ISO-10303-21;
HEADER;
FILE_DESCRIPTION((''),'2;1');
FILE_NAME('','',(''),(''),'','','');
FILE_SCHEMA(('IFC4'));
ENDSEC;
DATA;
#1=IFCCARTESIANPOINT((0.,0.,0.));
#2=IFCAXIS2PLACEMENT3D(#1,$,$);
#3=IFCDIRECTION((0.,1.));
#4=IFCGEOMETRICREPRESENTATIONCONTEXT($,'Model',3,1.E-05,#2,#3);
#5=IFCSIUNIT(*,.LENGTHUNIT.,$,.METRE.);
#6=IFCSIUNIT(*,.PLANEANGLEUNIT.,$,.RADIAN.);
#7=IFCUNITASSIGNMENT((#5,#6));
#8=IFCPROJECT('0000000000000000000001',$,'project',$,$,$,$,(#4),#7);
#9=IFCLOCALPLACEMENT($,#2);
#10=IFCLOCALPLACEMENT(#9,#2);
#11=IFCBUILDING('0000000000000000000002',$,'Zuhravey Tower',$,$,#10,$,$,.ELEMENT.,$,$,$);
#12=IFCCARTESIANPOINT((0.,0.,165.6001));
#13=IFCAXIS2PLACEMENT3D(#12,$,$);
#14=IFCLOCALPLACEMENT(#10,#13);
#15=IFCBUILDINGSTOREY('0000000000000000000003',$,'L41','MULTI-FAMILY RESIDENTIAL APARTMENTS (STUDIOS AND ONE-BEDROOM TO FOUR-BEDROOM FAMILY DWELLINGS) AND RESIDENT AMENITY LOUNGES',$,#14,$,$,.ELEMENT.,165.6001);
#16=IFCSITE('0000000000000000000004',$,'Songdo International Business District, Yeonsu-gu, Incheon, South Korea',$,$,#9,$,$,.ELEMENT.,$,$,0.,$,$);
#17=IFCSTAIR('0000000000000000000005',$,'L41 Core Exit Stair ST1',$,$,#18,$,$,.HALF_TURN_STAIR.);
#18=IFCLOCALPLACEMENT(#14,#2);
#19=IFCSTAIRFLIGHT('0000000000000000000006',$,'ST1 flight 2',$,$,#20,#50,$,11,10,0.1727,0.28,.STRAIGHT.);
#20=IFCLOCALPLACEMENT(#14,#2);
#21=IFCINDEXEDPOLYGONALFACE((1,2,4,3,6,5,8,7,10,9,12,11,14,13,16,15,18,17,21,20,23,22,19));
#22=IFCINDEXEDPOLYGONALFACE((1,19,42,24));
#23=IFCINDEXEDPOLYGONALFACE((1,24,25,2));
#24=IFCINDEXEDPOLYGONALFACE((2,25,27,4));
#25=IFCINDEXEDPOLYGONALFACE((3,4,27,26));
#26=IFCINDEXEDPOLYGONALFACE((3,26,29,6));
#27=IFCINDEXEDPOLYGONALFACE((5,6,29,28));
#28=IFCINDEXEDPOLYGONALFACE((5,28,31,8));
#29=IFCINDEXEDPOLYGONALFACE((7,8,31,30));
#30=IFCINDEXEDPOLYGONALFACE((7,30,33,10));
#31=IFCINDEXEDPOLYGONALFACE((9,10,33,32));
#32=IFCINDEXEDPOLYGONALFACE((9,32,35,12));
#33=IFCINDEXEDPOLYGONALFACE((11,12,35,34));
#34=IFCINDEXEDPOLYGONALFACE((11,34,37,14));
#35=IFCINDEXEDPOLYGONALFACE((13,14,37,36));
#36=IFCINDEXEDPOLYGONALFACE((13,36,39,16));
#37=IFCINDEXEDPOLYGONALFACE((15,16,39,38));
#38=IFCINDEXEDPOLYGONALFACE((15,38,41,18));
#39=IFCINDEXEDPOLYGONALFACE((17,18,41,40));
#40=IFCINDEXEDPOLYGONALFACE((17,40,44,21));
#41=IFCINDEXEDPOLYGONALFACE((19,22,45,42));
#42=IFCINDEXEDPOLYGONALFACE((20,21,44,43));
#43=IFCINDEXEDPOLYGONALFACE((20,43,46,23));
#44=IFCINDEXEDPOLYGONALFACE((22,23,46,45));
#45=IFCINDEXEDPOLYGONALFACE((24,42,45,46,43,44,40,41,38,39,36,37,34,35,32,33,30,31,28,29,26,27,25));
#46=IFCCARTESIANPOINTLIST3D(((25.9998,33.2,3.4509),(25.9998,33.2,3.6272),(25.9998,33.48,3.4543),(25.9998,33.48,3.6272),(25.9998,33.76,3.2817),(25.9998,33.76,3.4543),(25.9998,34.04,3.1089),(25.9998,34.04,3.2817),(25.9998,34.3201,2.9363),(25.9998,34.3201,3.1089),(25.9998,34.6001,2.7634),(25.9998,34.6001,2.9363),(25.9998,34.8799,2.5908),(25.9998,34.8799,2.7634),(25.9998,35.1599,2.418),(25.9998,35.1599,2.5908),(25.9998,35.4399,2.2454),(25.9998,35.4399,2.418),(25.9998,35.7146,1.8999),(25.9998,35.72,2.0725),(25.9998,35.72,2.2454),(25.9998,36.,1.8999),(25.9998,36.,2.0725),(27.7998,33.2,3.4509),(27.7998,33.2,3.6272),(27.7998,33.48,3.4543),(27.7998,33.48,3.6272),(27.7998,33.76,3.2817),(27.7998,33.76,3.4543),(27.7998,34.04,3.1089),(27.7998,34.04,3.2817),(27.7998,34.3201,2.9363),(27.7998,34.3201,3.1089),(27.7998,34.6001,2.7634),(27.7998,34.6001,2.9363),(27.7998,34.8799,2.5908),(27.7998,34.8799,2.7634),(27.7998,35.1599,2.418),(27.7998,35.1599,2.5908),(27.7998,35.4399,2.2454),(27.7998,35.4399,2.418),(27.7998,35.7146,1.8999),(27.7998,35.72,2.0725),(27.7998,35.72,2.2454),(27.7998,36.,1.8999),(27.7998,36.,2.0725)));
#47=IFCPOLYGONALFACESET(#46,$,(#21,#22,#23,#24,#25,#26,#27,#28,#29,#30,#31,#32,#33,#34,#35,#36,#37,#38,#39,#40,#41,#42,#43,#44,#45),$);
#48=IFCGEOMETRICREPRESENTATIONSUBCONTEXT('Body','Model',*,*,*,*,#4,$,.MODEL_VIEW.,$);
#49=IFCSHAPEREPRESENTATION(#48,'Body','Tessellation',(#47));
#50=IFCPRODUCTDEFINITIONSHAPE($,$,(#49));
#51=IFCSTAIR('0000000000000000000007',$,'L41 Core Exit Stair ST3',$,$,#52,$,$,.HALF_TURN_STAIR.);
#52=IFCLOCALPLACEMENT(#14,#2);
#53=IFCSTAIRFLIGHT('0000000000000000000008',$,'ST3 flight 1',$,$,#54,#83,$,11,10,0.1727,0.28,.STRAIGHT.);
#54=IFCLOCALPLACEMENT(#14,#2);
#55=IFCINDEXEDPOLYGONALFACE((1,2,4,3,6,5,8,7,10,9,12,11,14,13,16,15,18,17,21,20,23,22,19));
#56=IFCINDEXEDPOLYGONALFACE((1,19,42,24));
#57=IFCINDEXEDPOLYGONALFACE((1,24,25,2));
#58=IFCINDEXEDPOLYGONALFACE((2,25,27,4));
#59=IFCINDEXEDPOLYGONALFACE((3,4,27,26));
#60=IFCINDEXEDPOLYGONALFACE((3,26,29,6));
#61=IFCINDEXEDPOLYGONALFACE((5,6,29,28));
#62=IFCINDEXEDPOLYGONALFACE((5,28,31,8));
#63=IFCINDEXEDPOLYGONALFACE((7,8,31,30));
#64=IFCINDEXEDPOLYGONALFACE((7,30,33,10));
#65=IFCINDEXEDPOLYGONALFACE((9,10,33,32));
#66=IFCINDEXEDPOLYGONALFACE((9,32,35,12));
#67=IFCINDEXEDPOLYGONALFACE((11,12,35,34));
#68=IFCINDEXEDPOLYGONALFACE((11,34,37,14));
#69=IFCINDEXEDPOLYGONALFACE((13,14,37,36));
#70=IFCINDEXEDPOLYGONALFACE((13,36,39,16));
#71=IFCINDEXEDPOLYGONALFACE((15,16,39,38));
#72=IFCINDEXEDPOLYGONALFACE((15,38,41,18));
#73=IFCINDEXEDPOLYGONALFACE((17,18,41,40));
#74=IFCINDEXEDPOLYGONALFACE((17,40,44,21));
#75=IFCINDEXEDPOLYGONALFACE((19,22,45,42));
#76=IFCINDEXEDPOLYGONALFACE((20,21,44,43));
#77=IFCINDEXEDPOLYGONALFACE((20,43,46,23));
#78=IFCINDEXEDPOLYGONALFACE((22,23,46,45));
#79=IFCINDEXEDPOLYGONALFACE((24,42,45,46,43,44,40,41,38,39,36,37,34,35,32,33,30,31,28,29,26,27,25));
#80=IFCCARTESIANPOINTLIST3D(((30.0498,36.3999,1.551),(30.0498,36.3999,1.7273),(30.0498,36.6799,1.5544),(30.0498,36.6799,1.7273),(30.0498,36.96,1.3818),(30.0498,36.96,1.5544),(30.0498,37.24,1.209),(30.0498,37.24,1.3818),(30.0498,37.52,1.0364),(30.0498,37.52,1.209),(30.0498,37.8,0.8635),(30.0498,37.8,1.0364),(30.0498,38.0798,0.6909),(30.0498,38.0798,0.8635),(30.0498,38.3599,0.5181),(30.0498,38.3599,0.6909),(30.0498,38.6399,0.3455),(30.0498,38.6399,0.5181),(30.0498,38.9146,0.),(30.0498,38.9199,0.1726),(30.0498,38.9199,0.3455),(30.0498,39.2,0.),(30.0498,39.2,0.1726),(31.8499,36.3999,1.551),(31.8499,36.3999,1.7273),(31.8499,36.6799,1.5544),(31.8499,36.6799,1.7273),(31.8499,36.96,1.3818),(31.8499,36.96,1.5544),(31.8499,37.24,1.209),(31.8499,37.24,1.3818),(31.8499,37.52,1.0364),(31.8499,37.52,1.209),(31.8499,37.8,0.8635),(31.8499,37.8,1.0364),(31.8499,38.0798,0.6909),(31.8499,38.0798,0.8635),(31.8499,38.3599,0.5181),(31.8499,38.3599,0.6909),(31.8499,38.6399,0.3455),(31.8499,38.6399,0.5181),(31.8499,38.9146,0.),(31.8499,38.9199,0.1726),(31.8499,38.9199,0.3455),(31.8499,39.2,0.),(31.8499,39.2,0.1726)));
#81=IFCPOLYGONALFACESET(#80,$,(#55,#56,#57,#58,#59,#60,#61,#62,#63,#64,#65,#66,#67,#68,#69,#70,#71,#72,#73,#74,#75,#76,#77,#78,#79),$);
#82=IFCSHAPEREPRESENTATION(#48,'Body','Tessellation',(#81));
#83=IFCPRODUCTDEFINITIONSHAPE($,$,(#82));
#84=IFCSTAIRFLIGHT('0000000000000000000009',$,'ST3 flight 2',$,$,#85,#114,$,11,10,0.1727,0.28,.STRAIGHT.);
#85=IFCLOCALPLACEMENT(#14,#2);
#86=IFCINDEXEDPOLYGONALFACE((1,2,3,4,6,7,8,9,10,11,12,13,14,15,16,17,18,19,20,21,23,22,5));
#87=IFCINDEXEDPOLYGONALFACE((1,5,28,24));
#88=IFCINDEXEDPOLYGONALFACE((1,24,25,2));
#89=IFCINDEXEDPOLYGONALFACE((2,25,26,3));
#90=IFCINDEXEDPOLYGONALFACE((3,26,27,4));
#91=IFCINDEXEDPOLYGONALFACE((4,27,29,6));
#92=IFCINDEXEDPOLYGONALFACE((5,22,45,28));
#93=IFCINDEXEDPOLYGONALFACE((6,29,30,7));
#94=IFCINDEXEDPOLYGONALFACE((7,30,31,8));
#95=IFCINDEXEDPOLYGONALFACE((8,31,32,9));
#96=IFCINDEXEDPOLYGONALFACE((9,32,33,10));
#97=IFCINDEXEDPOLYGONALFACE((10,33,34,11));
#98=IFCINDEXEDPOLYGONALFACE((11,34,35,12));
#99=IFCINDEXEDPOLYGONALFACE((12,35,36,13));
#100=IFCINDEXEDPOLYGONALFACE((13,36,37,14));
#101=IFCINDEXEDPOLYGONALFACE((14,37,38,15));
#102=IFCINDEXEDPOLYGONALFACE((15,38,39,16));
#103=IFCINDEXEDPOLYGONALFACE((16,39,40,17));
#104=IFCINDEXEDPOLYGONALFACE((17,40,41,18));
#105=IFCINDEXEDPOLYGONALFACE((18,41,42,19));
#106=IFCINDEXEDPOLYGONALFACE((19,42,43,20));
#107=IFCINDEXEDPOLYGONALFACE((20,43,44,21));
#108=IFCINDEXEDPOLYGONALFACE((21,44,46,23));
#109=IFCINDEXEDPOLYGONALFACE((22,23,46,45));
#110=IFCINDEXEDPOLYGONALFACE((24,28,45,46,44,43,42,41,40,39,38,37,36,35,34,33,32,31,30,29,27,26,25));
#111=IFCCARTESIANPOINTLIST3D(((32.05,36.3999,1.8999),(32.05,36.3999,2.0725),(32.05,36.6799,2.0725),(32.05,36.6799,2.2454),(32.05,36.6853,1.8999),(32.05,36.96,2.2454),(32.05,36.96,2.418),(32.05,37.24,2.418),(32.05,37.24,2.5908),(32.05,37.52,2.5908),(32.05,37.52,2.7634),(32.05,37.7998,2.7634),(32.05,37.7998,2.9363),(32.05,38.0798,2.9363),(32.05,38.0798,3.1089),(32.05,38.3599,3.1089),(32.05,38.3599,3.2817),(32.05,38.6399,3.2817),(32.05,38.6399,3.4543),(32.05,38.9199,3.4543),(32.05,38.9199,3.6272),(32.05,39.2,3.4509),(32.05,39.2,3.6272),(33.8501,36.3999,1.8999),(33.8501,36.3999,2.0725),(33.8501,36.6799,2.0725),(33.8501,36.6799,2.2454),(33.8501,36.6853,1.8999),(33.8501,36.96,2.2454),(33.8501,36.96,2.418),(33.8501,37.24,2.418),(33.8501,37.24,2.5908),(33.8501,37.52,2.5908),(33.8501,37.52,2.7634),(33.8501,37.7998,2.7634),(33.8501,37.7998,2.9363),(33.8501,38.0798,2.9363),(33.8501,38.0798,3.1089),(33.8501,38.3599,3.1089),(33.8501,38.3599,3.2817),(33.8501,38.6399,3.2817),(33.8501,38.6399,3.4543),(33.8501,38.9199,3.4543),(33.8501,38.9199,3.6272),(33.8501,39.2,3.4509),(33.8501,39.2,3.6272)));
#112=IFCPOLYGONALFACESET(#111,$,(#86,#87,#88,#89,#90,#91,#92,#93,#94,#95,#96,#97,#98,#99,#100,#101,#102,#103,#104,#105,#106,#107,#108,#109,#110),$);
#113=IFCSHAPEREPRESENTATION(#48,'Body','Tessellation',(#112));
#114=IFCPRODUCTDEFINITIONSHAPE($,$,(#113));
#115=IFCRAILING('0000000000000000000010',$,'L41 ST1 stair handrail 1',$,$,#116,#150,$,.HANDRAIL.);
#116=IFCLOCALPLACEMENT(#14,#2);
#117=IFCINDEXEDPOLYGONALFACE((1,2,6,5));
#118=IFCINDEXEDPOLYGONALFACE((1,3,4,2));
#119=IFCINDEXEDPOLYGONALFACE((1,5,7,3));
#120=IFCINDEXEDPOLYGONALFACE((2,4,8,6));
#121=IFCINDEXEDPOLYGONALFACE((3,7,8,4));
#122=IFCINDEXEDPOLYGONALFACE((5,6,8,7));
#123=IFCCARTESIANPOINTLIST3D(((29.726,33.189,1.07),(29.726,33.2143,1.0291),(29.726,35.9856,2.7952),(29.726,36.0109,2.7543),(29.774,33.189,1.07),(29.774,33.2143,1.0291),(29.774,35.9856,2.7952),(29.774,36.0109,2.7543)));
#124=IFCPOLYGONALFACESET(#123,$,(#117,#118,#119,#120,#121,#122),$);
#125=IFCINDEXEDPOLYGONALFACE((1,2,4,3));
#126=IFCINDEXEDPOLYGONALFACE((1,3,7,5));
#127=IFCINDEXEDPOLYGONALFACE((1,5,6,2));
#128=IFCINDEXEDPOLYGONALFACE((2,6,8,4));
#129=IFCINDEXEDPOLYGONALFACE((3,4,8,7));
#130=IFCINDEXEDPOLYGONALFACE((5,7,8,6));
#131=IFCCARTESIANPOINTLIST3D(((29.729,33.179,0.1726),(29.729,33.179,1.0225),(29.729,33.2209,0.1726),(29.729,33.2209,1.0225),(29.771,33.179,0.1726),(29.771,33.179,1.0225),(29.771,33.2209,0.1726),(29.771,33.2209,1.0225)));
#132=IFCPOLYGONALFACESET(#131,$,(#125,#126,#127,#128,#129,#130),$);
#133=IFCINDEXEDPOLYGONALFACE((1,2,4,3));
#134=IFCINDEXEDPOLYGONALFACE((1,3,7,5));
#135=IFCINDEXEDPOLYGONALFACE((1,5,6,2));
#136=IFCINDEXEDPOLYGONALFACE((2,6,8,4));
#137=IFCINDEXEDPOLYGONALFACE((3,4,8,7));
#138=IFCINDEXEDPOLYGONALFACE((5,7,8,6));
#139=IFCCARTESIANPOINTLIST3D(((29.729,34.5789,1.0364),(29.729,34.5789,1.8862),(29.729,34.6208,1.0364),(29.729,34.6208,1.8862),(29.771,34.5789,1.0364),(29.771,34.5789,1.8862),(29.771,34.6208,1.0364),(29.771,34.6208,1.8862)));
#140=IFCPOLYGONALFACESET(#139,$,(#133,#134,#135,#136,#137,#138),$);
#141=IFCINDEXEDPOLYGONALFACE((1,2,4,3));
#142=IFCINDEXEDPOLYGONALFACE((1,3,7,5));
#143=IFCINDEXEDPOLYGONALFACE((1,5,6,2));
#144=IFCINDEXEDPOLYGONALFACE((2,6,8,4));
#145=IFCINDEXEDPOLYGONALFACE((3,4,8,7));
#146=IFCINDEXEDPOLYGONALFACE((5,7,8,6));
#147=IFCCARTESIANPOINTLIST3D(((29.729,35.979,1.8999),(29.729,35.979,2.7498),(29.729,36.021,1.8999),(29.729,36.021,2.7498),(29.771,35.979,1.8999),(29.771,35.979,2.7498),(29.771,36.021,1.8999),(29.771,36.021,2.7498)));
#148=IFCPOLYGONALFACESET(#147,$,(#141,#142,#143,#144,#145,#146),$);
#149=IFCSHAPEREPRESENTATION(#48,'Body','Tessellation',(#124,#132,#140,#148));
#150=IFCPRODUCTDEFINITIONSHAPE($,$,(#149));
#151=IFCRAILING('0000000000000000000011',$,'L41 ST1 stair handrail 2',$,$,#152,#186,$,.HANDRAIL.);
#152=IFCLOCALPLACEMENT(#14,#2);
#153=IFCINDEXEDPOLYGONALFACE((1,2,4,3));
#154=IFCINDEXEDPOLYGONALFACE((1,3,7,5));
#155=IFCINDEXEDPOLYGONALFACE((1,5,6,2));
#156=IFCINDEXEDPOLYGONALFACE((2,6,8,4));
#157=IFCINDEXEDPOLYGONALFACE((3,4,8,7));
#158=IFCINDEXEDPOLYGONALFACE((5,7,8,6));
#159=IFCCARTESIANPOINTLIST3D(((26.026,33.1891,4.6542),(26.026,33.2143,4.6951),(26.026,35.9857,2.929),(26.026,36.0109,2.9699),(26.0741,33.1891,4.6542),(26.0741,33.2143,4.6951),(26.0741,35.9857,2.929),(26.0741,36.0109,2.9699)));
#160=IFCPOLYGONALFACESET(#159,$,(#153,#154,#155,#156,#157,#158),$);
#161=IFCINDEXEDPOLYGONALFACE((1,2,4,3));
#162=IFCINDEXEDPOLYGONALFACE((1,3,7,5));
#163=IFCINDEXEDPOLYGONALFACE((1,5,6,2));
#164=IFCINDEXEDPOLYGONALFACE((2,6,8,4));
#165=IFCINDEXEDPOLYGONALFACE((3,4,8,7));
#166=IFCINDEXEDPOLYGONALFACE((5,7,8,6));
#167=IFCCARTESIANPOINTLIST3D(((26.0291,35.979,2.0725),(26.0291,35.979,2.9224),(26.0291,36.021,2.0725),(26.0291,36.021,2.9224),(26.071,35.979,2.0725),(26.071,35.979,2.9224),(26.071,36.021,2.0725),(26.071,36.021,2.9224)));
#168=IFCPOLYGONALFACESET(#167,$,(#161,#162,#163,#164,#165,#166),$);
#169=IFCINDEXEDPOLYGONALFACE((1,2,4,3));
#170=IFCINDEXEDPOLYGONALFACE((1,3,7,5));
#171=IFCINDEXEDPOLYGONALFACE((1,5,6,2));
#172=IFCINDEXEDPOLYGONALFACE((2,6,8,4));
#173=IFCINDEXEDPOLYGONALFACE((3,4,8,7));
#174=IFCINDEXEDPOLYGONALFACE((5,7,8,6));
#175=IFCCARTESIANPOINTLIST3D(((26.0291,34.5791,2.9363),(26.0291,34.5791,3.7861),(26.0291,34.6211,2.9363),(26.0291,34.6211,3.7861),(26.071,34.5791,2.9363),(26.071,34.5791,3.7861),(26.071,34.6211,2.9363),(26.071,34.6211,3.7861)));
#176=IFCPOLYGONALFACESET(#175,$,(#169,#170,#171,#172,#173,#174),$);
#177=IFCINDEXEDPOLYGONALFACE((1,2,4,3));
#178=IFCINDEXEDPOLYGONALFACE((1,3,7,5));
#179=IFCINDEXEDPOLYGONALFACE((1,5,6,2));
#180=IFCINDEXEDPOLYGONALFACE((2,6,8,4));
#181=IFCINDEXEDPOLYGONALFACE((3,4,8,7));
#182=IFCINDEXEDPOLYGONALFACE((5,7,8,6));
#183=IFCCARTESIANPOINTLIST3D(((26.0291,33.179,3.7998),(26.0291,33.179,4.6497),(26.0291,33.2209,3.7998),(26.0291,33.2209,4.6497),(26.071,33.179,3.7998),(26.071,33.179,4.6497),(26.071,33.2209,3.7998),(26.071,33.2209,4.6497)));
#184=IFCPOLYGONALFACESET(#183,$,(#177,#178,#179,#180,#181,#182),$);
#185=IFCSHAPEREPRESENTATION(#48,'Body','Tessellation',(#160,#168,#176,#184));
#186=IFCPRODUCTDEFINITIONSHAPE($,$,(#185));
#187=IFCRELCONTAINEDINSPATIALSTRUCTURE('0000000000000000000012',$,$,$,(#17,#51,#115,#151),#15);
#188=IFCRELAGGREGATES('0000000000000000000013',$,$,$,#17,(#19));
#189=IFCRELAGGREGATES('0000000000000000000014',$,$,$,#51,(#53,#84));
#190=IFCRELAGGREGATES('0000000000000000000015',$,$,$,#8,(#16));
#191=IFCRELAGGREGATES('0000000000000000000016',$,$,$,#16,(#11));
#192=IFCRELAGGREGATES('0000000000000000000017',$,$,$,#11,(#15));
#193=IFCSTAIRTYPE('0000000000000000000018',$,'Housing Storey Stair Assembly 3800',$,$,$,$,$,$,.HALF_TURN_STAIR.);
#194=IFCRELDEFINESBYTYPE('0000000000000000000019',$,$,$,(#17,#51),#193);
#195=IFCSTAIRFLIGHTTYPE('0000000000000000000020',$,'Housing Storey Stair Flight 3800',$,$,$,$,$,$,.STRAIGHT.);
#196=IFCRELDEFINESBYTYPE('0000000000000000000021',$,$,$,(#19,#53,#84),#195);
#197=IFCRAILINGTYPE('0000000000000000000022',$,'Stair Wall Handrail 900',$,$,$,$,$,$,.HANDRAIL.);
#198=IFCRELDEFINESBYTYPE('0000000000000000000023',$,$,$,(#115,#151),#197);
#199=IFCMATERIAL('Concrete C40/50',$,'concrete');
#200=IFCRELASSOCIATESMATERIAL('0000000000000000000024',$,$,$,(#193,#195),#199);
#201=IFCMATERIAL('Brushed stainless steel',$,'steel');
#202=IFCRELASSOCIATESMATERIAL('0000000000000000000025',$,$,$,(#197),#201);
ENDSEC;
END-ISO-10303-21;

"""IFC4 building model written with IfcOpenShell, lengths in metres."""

from ifc_helpers import new_model, si_unit, direction, frame, origin, origin_2d, place, context, subcontext, project, spatial, polyline, rectangle, outline, extrude, material, type_object, element, aggregate, save


model = new_model("IFC4")

# Units and contexts
model_context = context("Model", 3, precision=1e-05, world=origin(), true_north=direction((0.0, 1.0)))
body_context = subcontext(model_context, "Body", "Model", "MODEL_VIEW")
ifc_project = project(units=[si_unit("LENGTHUNIT", "METRE"), si_unit("PLANEANGLEUNIT", "RADIAN")], contexts=[model_context])

# Site, building, storey
site_placement = place(None, origin())
site = spatial("IfcSite", under=ifc_project, at=site_placement, Name="Songdo International Business District, Yeonsu-gu, Incheon, South Korea", CompositionType="ELEMENT", RefElevation=0.0)
building_placement = place(site_placement, origin())
building = spatial("IfcBuilding", under=site, at=building_placement, Name="Zuhravey Tower", CompositionType="ELEMENT")
storey_placement = place(building_placement, frame((0.0, 0.0, 165.6001)))
storey = spatial("IfcBuildingStorey", under=building, at=storey_placement, Name="L41", Description="MULTI-FAMILY RESIDENTIAL APARTMENTS (STUDIOS AND ONE-BEDROOM TO FOUR-BEDROOM FAMILY DWELLINGS) AND RESIDENT AMENITY LOUNGES", CompositionType="ELEMENT", Elevation=165.6001)

# Stairs, stair flights
ifc_material_1 = material(Name="Concrete C40/50", Category="concrete")
stair_type = type_object("IfcStairType", Name="Housing Storey Stair Assembly 3800", PredefinedType="HALF_TURN_STAIR", material=ifc_material_1)
stair_1_placement = place(storey_placement, origin())
stair_1 = element("IfcStair", 1, at=stair_1_placement, inside=storey, type_object=stair_type, Name="L41 Core Exit Stair ST1", PredefinedType="HALF_TURN_STAIR")
stair_flight_type = type_object("IfcStairFlightType", Name="Housing Storey Stair Flight 3800", PredefinedType="STRAIGHT", material=ifc_material_1)
stair_flight_1_placement = place(storey_placement, frame((26.8999, 36.0, 1.8999), z_axis=(0.0, 0.0, 1.0), x_axis=(0.0, -1.0, 0.0)))
stair_flight_1 = element("IfcStairFlight", 2, at=stair_flight_1_placement, type_object=stair_flight_type, Name="ST1 flight 2", NumberOfRisers=11, NumberOfTreads=10, PredefinedType="STRAIGHT", RiserHeight=0.1727, TreadLength=0.28, context=body_context, shape_type="SweptSolid", body=[
    extrude(outline(polyline([(0.0, 0.0), (0.0, 0.1726), (0.28, 0.1726), (0.28, 0.3455), (0.5601, 0.3455), (0.5601, 0.5181), (0.8401, 0.5181), (0.8401, 0.6909), (1.1201, 0.6909), (1.1201, 0.8635), (1.3999, 0.8635), (1.3999, 1.0364), (1.6799, 1.0364), (1.6799, 1.209), (1.96, 1.209), (1.96, 1.3818), (2.24, 1.3818), (2.24, 1.5544), (2.52, 1.5544), (2.52, 1.7273), (2.8, 1.7273), (2.8, 1.8999), (2.8, 1.551), (0.2854, 0.0), (0.0, 0.0)])), frame((0.0, 0.8999, 0.0), z_axis=(0.0, -1.0, 0.0), x_axis=(1.0, 0.0, 0.0)), (0.0, 0.0, 1.0), 1.8),
])
aggregate(stair_1, [stair_flight_1])
stair_2_placement = place(storey_placement, origin())
stair_2 = element("IfcStair", 3, at=stair_2_placement, inside=storey, type_object=stair_type, Name="L41 Core Exit Stair ST3", PredefinedType="HALF_TURN_STAIR")
stair_flight_2_placement = place(storey_placement, frame((30.95, 39.2, 0.0), z_axis=(0.0, 0.0, 1.0), x_axis=(0.0, -1.0, 0.0)))
stair_flight_2 = element("IfcStairFlight", 4, at=stair_flight_2_placement, type_object=stair_flight_type, Name="ST3 flight 1", NumberOfRisers=11, NumberOfTreads=10, PredefinedType="STRAIGHT", RiserHeight=0.1727, TreadLength=0.28, context=body_context, shape_type="SweptSolid", body=[
    extrude(outline(polyline([(0.0, 0.0), (0.0, 0.1726), (0.28, 0.1726), (0.28, 0.3455), (0.5601, 0.3455), (0.5601, 0.5181), (0.8401, 0.5181), (0.8401, 0.6909), (1.1201, 0.6909), (1.1201, 0.8635), (1.3999, 0.8635), (1.3999, 1.0364), (1.6799, 1.0364), (1.6799, 1.209), (1.96, 1.209), (1.96, 1.3818), (2.24, 1.3818), (2.24, 1.5544), (2.52, 1.5544), (2.52, 1.7273), (2.8, 1.7273), (2.8, 1.8999), (2.8, 1.551), (0.2854, 0.0), (0.0, 0.0)])), frame((0.0, 0.8999, 0.0), z_axis=(0.0, -1.0, 0.0), x_axis=(1.0, 0.0, 0.0)), (0.0, 0.0, 1.0), 1.8),
])
stair_flight_3_placement = place(storey_placement, frame((32.95, 36.3999, 1.8999), z_axis=(0.0, 0.0, 1.0), x_axis=(0.0, 1.0, 0.0)))
stair_flight_3 = element("IfcStairFlight", 5, at=stair_flight_3_placement, type_object=stair_flight_type, Name="ST3 flight 2", NumberOfRisers=11, NumberOfTreads=10, PredefinedType="STRAIGHT", RiserHeight=0.1727, TreadLength=0.28, context=body_context, shape_type="SweptSolid", body=[
    extrude(outline(polyline([(0.0, 0.0), (0.0, 0.1726), (0.28, 0.1726), (0.28, 0.3455), (0.5601, 0.3455), (0.5601, 0.5181), (0.8401, 0.5181), (0.8401, 0.6909), (1.1201, 0.6909), (1.1201, 0.8635), (1.3999, 0.8635), (1.3999, 1.0364), (1.6799, 1.0364), (1.6799, 1.209), (1.96, 1.209), (1.96, 1.3818), (2.24, 1.3818), (2.24, 1.5544), (2.52, 1.5544), (2.52, 1.7273), (2.8, 1.7273), (2.8, 1.8999), (2.8, 1.551), (0.2854, 0.0), (0.0, 0.0)])), frame((0.0, 0.8999, 0.0), z_axis=(0.0, -1.0, 0.0), x_axis=(1.0, 0.0, 0.0)), (0.0, 0.0, 1.0), 1.8),
])
aggregate(stair_2, [stair_flight_2, stair_flight_3])

# Railings
ifc_material_2 = material(Name="Brushed stainless steel", Category="steel")
railing_type_1 = type_object("IfcRailingType", Name="Stair Wall Handrail 900", PredefinedType="HANDRAIL", material=ifc_material_2)
railing_1_placement = place(storey_placement, frame((29.75, 33.2, 0.1726)))
element("IfcRailing", 6, at=railing_1_placement, inside=storey, type_object=railing_type_1, Name="L41 ST1 stair handrail 1", PredefinedType="HANDRAIL", context=body_context, shape_type="SweptSolid", body=[
    extrude(rectangle(XDim=0.0481, YDim=0.0481, at=origin_2d()), frame((0.0, 0.0017, 0.877), z_axis=(0.0, 0.85109, 0.52502), x_axis=(-1.0, 0.0, 0.0)), (0.0, 0.0, 1.0), 3.2859),
    extrude(rectangle(XDim=0.042, YDim=0.042, at=origin_2d()), origin(), (0.0, 0.0, 1.0), 0.8499),
    extrude(rectangle(XDim=0.042, YDim=0.042, at=origin_2d()), frame((0.0, 1.3999, 0.8638)), (0.0, 0.0, 1.0), 0.8499),
    extrude(rectangle(XDim=0.042, YDim=0.042, at=origin_2d()), frame((0.0, 2.8, 1.7273)), (0.0, 0.0, 1.0), 0.8499),
])
for number, where, name in (
    (7, (26.05, 36.0, 2.0725), "L41 ST1 stair handrail 2"),
):
    element("IfcRailing", number, at=place(storey_placement, frame(where)), inside=storey, type_object=railing_type_1, Name=name, PredefinedType="HANDRAIL", context=body_context, shape_type="SweptSolid", body=[
        extrude(rectangle(XDim=0.0481, YDim=0.0481, at=origin_2d()), frame((0.0, -0.0017, 0.877), z_axis=(0.0, -0.85109, 0.52502), x_axis=(1.0, 0.0, 0.0)), (0.0, 0.0, 1.0), 3.2859),
        extrude(rectangle(XDim=0.042, YDim=0.042, at=origin_2d()), origin(), (0.0, 0.0, 1.0), 0.8499),
        extrude(rectangle(XDim=0.042, YDim=0.042, at=origin_2d()), frame((0.0, -1.3999, 0.8638)), (0.0, 0.0, 1.0), 0.8499),
        extrude(rectangle(XDim=0.042, YDim=0.042, at=origin_2d()), frame((0.0, -2.8, 1.7273)), (0.0, 0.0, 1.0), 0.8499),
    ])

save(model, "model.ifc")
